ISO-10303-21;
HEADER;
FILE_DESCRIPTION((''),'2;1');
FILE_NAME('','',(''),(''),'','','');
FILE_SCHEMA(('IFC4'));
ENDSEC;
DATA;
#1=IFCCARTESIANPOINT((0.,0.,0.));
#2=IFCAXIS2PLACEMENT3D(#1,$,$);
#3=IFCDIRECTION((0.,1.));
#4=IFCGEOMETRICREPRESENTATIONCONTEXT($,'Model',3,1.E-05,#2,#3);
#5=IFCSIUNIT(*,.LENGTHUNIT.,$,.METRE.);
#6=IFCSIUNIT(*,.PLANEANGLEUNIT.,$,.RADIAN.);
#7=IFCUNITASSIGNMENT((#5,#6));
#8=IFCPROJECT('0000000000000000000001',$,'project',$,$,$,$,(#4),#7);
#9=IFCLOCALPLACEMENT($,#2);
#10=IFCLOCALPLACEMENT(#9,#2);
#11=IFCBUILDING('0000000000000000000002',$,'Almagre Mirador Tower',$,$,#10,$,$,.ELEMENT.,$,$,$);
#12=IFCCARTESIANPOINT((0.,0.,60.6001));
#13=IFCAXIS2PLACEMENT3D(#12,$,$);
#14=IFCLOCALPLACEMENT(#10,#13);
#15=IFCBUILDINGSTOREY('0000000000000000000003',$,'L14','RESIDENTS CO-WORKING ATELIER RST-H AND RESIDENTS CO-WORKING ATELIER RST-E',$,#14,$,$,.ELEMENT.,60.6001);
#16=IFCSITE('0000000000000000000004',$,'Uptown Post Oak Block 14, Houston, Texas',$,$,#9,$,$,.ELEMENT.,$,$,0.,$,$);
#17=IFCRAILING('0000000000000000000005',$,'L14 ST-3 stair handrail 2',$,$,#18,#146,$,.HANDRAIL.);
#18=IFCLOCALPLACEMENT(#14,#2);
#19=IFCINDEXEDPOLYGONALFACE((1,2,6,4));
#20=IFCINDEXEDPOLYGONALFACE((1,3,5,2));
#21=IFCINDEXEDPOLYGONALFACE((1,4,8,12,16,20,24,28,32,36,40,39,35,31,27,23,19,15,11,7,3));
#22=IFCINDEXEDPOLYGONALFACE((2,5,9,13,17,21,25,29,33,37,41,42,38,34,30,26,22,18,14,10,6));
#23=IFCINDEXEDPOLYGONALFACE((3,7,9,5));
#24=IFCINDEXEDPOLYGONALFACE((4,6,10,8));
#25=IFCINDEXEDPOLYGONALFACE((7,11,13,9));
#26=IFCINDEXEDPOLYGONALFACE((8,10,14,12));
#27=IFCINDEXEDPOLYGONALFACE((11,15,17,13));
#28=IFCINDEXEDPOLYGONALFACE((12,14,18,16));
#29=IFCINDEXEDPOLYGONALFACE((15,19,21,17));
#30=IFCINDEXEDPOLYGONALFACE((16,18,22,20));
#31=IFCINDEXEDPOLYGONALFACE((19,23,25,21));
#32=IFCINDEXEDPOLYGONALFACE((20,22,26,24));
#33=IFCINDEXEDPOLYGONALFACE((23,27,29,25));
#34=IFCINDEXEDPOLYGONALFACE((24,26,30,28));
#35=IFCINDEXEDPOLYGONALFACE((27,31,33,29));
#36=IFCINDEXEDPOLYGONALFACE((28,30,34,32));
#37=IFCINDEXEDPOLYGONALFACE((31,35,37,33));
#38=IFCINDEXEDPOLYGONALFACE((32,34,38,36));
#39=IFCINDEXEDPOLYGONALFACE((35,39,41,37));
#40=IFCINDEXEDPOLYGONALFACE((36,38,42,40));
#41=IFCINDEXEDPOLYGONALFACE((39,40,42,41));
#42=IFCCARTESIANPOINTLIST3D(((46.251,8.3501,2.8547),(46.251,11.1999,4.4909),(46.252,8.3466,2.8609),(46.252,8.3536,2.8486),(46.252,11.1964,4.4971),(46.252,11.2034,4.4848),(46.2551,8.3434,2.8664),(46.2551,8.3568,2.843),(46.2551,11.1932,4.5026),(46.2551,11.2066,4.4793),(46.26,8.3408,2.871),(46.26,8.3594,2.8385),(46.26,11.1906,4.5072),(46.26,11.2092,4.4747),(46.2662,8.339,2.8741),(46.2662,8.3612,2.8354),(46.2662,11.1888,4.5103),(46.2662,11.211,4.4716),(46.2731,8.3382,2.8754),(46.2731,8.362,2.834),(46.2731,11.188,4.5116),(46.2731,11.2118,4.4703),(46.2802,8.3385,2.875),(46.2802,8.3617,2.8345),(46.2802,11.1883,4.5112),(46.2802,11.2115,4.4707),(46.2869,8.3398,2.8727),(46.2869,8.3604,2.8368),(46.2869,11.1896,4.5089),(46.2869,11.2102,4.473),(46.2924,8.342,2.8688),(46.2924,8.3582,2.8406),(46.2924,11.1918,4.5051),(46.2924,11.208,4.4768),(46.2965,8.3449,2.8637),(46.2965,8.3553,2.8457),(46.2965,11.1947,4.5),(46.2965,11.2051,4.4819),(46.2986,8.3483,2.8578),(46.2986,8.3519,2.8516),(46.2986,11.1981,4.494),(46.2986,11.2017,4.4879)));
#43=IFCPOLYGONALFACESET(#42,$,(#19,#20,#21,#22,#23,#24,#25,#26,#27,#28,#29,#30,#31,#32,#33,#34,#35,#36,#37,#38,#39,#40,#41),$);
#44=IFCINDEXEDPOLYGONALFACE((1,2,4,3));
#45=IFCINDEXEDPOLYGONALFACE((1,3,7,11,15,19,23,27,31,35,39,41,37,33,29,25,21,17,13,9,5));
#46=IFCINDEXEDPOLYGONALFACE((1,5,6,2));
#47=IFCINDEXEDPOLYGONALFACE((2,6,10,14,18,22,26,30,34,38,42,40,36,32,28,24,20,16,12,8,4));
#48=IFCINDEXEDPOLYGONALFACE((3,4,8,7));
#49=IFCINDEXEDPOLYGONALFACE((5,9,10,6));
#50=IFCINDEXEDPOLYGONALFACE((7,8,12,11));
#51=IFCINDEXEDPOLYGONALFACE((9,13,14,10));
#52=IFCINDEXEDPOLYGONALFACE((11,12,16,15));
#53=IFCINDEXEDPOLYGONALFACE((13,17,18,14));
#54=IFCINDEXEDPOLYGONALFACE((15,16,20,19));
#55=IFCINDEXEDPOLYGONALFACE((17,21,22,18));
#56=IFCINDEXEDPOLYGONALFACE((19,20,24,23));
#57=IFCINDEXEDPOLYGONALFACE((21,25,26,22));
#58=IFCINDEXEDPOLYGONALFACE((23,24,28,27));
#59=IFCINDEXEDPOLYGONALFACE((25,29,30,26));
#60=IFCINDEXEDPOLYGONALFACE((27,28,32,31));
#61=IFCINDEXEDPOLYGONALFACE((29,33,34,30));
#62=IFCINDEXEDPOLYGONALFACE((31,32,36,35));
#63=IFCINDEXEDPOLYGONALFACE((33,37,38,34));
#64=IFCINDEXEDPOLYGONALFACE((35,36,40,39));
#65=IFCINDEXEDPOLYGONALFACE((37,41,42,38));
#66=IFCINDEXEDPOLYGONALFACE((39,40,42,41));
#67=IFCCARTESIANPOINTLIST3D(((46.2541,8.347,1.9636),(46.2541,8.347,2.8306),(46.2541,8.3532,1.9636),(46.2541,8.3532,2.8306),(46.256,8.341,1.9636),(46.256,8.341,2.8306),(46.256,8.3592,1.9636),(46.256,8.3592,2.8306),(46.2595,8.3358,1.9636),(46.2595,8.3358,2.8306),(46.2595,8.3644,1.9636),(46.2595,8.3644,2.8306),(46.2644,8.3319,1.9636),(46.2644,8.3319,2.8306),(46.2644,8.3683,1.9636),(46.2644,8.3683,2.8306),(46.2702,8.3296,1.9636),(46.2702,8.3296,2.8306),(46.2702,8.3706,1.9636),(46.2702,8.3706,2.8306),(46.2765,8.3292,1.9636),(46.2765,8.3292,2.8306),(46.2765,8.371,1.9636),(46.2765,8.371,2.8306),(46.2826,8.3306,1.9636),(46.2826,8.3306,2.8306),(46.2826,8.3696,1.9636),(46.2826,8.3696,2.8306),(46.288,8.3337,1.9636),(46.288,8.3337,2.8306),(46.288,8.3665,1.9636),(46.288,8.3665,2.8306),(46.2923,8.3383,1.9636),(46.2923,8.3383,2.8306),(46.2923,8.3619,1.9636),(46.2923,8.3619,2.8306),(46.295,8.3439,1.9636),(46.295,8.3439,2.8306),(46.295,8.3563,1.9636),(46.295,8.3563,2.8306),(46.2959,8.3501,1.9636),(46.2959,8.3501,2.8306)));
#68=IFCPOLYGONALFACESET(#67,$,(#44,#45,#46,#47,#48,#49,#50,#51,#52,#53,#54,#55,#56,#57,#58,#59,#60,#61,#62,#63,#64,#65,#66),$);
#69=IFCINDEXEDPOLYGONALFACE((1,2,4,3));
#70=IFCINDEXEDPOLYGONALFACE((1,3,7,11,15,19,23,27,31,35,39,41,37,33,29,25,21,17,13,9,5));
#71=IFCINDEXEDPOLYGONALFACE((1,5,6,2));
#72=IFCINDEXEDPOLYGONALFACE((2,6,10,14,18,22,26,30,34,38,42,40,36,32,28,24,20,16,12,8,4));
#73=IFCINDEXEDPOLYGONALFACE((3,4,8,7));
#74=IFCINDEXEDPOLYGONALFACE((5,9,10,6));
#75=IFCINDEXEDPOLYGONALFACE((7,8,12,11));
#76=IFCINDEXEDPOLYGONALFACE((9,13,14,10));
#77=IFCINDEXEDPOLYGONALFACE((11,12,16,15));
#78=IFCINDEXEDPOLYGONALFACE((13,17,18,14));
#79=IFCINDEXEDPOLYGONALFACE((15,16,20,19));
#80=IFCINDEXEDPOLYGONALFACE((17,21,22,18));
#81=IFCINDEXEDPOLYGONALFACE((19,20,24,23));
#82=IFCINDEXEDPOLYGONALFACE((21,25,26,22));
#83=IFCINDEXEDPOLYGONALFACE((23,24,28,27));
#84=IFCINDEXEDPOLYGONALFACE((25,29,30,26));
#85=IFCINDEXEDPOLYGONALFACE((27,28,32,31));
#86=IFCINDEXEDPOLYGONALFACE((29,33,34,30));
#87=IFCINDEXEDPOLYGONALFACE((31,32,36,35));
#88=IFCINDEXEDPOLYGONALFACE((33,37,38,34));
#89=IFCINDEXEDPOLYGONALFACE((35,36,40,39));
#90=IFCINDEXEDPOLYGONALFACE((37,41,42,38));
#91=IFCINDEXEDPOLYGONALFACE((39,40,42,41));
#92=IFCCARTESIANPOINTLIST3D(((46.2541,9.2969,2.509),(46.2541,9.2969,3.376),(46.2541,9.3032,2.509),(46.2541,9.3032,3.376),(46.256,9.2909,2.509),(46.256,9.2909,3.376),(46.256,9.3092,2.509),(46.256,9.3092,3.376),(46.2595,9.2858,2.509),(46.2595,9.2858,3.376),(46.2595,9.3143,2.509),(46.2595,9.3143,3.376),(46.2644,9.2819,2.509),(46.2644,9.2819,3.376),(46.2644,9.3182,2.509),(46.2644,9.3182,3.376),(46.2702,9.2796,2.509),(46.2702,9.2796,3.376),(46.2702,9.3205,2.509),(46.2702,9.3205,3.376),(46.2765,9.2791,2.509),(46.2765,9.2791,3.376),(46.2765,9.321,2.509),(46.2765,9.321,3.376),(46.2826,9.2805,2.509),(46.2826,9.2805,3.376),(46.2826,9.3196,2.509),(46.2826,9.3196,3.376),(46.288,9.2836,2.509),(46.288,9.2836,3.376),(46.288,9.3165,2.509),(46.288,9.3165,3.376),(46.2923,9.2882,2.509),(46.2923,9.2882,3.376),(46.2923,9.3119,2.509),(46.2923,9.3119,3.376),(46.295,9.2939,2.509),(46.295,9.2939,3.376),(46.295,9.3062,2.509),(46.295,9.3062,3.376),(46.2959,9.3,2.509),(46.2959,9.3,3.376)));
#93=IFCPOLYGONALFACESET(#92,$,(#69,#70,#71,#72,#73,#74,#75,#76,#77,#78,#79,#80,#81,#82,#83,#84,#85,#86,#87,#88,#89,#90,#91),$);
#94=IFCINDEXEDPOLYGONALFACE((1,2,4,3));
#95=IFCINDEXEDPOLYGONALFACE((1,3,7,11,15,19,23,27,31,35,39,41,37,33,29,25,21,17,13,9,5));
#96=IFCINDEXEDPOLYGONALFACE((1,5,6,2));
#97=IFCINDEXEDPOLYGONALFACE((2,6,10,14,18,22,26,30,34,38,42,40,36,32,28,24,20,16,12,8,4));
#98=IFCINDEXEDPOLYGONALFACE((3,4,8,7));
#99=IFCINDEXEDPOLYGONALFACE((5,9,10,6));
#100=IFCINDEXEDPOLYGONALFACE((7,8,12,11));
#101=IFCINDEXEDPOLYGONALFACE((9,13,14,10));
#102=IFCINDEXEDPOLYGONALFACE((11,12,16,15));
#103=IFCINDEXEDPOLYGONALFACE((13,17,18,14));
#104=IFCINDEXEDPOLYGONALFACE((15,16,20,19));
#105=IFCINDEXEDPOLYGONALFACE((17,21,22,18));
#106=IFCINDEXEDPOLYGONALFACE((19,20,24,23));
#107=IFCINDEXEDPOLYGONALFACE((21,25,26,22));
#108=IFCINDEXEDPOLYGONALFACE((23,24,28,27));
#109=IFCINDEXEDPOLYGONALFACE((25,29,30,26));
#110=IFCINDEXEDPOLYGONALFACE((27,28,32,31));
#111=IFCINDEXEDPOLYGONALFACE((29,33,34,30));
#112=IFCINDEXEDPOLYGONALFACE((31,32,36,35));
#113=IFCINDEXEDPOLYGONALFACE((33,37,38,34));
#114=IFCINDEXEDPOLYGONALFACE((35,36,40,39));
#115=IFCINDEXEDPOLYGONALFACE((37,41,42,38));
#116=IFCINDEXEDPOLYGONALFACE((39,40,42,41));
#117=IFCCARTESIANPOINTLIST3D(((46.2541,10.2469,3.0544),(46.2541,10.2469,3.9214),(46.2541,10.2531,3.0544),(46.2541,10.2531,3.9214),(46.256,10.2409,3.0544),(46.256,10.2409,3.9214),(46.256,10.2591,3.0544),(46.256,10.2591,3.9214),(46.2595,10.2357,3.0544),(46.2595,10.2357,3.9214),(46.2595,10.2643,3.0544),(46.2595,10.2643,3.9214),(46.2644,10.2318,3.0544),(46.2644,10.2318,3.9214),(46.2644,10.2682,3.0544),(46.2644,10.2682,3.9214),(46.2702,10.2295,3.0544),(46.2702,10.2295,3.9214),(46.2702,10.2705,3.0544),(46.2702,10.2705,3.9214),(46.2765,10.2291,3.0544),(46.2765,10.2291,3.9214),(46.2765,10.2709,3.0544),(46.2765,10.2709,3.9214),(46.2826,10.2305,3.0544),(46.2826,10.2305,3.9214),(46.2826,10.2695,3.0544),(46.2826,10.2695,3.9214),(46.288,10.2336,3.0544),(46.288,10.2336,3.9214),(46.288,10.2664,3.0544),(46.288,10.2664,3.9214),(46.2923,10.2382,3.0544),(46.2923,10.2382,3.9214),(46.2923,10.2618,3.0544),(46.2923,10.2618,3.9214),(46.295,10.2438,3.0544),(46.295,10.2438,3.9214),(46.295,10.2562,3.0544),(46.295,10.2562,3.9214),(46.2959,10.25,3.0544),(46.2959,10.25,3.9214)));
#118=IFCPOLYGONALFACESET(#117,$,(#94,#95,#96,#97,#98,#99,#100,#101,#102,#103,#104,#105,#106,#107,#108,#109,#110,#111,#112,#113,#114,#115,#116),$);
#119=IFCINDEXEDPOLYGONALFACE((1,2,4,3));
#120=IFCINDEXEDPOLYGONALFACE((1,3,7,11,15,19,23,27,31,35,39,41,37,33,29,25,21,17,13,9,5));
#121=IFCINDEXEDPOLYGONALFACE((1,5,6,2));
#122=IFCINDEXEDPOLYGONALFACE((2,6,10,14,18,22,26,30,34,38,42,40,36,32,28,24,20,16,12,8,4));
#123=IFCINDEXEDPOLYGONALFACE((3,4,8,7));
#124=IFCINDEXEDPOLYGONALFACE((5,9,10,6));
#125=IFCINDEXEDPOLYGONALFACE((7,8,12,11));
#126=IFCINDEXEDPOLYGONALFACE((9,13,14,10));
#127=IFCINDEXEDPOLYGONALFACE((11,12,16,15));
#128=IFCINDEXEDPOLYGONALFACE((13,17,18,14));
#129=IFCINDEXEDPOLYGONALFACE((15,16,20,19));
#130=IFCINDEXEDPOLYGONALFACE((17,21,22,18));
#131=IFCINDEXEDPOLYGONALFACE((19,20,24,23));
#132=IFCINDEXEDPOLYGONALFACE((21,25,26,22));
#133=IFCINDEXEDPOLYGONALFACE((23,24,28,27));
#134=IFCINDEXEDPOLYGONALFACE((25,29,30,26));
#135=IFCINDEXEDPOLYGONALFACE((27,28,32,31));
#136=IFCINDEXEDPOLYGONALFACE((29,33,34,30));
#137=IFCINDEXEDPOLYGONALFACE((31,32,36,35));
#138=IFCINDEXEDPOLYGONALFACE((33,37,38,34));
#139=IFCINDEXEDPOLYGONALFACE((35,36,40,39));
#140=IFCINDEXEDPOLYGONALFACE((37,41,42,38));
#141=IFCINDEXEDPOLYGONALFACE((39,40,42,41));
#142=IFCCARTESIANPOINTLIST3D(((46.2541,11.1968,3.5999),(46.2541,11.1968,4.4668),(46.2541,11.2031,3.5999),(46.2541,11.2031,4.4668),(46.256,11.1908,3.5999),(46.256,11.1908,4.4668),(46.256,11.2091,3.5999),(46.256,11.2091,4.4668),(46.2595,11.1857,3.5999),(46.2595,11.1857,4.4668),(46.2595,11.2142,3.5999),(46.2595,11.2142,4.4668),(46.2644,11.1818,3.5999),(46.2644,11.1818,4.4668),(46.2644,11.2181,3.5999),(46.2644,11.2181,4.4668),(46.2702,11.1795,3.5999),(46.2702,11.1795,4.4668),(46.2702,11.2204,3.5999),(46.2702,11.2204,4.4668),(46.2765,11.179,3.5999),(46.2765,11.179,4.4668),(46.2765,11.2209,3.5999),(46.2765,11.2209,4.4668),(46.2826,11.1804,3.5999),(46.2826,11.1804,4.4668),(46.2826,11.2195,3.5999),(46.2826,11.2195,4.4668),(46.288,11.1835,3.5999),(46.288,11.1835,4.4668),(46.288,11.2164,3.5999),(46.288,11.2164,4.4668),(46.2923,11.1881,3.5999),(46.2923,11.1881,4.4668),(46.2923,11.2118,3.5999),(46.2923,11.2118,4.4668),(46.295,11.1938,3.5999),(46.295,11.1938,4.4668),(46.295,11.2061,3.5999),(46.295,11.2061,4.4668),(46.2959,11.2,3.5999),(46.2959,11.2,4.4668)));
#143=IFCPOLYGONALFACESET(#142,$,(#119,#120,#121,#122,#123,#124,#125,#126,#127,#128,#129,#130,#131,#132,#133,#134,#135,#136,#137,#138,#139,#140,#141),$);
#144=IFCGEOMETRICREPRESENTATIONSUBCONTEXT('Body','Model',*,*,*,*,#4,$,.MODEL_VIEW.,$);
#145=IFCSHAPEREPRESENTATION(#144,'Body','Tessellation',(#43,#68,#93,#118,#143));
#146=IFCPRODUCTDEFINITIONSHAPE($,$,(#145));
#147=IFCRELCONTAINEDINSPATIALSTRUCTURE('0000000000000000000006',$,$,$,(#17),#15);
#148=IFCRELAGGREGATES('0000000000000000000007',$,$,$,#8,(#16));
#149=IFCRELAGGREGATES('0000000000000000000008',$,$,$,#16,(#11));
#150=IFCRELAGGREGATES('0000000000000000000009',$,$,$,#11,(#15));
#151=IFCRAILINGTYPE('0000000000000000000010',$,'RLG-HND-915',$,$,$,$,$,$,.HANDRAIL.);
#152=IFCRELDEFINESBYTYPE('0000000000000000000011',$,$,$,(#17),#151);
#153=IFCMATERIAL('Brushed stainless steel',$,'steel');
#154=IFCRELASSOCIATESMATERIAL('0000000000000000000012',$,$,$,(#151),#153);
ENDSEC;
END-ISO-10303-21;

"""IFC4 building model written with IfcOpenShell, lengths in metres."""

from ifc_helpers import new_model, si_unit, direction, frame, origin, origin_2d, place, context, subcontext, project, spatial, circle, extrude, material, type_object, element, save


model = new_model("IFC4")

# Units and contexts
model_context = context("Model", 3, precision=1e-05, world=origin(), true_north=direction((0.0, 1.0)))
body_context = subcontext(model_context, "Body", "Model", "MODEL_VIEW")
ifc_project = project(units=[si_unit("LENGTHUNIT", "METRE"), si_unit("PLANEANGLEUNIT", "RADIAN")], contexts=[model_context])

# Site, building, storey
site_placement = place(None, origin())
site = spatial("IfcSite", under=ifc_project, at=site_placement, Name="Uptown Post Oak Block 14, Houston, Texas", CompositionType="ELEMENT", RefElevation=0.0)
building_placement = place(site_placement, origin())
building = spatial("IfcBuilding", under=site, at=building_placement, Name="Almagre Mirador Tower", CompositionType="ELEMENT")
storey_placement = place(building_placement, frame((0.0, 0.0, 60.6001)))
storey = spatial("IfcBuildingStorey", under=building, at=storey_placement, Name="L14", Description="RESIDENTS CO-WORKING ATELIER RST-H AND RESIDENTS CO-WORKING ATELIER RST-E", CompositionType="ELEMENT", Elevation=60.6001)

# Railing
ifc_material_1 = material(Name="Brushed stainless steel", Category="steel")
railing_type_1 = type_object("IfcRailingType", Name="RLG-HND-915", PredefinedType="HANDRAIL", material=ifc_material_1)
railing_1_placement = place(storey_placement, frame((46.2749, 8.3501, 1.9636)))
element("IfcRailing", 1, at=railing_1_placement, inside=storey, type_object=railing_type_1, Name="L14 ST-3 stair handrail 2", PredefinedType="HANDRAIL", context=body_context, shape_type="SweptSolid", body=[
    extrude(circle(Radius=0.0239, at=origin_2d()), frame((0.0, 0.0, 0.8911), z_axis=(0.0, 0.867226, 0.497914), x_axis=(-1.0, 0.0, 0.0)), (0.0, 0.0, 1.0), 3.2861),
    extrude(circle(Radius=0.021, at=origin_2d()), origin(), (0.0, 0.0, 1.0), 0.8669),
    extrude(circle(Radius=0.021, at=origin_2d()), frame((0.0, 0.95, 0.5454)), (0.0, 0.0, 1.0), 0.8669),
    extrude(circle(Radius=0.021, at=origin_2d()), frame((0.0, 1.8999, 1.0908)), (0.0, 0.0, 1.0), 0.8669),
    extrude(circle(Radius=0.021, at=origin_2d()), frame((0.0, 2.8499, 1.6362)), (0.0, 0.0, 1.0), 0.8669),
])

save(model, "model.ifc")
